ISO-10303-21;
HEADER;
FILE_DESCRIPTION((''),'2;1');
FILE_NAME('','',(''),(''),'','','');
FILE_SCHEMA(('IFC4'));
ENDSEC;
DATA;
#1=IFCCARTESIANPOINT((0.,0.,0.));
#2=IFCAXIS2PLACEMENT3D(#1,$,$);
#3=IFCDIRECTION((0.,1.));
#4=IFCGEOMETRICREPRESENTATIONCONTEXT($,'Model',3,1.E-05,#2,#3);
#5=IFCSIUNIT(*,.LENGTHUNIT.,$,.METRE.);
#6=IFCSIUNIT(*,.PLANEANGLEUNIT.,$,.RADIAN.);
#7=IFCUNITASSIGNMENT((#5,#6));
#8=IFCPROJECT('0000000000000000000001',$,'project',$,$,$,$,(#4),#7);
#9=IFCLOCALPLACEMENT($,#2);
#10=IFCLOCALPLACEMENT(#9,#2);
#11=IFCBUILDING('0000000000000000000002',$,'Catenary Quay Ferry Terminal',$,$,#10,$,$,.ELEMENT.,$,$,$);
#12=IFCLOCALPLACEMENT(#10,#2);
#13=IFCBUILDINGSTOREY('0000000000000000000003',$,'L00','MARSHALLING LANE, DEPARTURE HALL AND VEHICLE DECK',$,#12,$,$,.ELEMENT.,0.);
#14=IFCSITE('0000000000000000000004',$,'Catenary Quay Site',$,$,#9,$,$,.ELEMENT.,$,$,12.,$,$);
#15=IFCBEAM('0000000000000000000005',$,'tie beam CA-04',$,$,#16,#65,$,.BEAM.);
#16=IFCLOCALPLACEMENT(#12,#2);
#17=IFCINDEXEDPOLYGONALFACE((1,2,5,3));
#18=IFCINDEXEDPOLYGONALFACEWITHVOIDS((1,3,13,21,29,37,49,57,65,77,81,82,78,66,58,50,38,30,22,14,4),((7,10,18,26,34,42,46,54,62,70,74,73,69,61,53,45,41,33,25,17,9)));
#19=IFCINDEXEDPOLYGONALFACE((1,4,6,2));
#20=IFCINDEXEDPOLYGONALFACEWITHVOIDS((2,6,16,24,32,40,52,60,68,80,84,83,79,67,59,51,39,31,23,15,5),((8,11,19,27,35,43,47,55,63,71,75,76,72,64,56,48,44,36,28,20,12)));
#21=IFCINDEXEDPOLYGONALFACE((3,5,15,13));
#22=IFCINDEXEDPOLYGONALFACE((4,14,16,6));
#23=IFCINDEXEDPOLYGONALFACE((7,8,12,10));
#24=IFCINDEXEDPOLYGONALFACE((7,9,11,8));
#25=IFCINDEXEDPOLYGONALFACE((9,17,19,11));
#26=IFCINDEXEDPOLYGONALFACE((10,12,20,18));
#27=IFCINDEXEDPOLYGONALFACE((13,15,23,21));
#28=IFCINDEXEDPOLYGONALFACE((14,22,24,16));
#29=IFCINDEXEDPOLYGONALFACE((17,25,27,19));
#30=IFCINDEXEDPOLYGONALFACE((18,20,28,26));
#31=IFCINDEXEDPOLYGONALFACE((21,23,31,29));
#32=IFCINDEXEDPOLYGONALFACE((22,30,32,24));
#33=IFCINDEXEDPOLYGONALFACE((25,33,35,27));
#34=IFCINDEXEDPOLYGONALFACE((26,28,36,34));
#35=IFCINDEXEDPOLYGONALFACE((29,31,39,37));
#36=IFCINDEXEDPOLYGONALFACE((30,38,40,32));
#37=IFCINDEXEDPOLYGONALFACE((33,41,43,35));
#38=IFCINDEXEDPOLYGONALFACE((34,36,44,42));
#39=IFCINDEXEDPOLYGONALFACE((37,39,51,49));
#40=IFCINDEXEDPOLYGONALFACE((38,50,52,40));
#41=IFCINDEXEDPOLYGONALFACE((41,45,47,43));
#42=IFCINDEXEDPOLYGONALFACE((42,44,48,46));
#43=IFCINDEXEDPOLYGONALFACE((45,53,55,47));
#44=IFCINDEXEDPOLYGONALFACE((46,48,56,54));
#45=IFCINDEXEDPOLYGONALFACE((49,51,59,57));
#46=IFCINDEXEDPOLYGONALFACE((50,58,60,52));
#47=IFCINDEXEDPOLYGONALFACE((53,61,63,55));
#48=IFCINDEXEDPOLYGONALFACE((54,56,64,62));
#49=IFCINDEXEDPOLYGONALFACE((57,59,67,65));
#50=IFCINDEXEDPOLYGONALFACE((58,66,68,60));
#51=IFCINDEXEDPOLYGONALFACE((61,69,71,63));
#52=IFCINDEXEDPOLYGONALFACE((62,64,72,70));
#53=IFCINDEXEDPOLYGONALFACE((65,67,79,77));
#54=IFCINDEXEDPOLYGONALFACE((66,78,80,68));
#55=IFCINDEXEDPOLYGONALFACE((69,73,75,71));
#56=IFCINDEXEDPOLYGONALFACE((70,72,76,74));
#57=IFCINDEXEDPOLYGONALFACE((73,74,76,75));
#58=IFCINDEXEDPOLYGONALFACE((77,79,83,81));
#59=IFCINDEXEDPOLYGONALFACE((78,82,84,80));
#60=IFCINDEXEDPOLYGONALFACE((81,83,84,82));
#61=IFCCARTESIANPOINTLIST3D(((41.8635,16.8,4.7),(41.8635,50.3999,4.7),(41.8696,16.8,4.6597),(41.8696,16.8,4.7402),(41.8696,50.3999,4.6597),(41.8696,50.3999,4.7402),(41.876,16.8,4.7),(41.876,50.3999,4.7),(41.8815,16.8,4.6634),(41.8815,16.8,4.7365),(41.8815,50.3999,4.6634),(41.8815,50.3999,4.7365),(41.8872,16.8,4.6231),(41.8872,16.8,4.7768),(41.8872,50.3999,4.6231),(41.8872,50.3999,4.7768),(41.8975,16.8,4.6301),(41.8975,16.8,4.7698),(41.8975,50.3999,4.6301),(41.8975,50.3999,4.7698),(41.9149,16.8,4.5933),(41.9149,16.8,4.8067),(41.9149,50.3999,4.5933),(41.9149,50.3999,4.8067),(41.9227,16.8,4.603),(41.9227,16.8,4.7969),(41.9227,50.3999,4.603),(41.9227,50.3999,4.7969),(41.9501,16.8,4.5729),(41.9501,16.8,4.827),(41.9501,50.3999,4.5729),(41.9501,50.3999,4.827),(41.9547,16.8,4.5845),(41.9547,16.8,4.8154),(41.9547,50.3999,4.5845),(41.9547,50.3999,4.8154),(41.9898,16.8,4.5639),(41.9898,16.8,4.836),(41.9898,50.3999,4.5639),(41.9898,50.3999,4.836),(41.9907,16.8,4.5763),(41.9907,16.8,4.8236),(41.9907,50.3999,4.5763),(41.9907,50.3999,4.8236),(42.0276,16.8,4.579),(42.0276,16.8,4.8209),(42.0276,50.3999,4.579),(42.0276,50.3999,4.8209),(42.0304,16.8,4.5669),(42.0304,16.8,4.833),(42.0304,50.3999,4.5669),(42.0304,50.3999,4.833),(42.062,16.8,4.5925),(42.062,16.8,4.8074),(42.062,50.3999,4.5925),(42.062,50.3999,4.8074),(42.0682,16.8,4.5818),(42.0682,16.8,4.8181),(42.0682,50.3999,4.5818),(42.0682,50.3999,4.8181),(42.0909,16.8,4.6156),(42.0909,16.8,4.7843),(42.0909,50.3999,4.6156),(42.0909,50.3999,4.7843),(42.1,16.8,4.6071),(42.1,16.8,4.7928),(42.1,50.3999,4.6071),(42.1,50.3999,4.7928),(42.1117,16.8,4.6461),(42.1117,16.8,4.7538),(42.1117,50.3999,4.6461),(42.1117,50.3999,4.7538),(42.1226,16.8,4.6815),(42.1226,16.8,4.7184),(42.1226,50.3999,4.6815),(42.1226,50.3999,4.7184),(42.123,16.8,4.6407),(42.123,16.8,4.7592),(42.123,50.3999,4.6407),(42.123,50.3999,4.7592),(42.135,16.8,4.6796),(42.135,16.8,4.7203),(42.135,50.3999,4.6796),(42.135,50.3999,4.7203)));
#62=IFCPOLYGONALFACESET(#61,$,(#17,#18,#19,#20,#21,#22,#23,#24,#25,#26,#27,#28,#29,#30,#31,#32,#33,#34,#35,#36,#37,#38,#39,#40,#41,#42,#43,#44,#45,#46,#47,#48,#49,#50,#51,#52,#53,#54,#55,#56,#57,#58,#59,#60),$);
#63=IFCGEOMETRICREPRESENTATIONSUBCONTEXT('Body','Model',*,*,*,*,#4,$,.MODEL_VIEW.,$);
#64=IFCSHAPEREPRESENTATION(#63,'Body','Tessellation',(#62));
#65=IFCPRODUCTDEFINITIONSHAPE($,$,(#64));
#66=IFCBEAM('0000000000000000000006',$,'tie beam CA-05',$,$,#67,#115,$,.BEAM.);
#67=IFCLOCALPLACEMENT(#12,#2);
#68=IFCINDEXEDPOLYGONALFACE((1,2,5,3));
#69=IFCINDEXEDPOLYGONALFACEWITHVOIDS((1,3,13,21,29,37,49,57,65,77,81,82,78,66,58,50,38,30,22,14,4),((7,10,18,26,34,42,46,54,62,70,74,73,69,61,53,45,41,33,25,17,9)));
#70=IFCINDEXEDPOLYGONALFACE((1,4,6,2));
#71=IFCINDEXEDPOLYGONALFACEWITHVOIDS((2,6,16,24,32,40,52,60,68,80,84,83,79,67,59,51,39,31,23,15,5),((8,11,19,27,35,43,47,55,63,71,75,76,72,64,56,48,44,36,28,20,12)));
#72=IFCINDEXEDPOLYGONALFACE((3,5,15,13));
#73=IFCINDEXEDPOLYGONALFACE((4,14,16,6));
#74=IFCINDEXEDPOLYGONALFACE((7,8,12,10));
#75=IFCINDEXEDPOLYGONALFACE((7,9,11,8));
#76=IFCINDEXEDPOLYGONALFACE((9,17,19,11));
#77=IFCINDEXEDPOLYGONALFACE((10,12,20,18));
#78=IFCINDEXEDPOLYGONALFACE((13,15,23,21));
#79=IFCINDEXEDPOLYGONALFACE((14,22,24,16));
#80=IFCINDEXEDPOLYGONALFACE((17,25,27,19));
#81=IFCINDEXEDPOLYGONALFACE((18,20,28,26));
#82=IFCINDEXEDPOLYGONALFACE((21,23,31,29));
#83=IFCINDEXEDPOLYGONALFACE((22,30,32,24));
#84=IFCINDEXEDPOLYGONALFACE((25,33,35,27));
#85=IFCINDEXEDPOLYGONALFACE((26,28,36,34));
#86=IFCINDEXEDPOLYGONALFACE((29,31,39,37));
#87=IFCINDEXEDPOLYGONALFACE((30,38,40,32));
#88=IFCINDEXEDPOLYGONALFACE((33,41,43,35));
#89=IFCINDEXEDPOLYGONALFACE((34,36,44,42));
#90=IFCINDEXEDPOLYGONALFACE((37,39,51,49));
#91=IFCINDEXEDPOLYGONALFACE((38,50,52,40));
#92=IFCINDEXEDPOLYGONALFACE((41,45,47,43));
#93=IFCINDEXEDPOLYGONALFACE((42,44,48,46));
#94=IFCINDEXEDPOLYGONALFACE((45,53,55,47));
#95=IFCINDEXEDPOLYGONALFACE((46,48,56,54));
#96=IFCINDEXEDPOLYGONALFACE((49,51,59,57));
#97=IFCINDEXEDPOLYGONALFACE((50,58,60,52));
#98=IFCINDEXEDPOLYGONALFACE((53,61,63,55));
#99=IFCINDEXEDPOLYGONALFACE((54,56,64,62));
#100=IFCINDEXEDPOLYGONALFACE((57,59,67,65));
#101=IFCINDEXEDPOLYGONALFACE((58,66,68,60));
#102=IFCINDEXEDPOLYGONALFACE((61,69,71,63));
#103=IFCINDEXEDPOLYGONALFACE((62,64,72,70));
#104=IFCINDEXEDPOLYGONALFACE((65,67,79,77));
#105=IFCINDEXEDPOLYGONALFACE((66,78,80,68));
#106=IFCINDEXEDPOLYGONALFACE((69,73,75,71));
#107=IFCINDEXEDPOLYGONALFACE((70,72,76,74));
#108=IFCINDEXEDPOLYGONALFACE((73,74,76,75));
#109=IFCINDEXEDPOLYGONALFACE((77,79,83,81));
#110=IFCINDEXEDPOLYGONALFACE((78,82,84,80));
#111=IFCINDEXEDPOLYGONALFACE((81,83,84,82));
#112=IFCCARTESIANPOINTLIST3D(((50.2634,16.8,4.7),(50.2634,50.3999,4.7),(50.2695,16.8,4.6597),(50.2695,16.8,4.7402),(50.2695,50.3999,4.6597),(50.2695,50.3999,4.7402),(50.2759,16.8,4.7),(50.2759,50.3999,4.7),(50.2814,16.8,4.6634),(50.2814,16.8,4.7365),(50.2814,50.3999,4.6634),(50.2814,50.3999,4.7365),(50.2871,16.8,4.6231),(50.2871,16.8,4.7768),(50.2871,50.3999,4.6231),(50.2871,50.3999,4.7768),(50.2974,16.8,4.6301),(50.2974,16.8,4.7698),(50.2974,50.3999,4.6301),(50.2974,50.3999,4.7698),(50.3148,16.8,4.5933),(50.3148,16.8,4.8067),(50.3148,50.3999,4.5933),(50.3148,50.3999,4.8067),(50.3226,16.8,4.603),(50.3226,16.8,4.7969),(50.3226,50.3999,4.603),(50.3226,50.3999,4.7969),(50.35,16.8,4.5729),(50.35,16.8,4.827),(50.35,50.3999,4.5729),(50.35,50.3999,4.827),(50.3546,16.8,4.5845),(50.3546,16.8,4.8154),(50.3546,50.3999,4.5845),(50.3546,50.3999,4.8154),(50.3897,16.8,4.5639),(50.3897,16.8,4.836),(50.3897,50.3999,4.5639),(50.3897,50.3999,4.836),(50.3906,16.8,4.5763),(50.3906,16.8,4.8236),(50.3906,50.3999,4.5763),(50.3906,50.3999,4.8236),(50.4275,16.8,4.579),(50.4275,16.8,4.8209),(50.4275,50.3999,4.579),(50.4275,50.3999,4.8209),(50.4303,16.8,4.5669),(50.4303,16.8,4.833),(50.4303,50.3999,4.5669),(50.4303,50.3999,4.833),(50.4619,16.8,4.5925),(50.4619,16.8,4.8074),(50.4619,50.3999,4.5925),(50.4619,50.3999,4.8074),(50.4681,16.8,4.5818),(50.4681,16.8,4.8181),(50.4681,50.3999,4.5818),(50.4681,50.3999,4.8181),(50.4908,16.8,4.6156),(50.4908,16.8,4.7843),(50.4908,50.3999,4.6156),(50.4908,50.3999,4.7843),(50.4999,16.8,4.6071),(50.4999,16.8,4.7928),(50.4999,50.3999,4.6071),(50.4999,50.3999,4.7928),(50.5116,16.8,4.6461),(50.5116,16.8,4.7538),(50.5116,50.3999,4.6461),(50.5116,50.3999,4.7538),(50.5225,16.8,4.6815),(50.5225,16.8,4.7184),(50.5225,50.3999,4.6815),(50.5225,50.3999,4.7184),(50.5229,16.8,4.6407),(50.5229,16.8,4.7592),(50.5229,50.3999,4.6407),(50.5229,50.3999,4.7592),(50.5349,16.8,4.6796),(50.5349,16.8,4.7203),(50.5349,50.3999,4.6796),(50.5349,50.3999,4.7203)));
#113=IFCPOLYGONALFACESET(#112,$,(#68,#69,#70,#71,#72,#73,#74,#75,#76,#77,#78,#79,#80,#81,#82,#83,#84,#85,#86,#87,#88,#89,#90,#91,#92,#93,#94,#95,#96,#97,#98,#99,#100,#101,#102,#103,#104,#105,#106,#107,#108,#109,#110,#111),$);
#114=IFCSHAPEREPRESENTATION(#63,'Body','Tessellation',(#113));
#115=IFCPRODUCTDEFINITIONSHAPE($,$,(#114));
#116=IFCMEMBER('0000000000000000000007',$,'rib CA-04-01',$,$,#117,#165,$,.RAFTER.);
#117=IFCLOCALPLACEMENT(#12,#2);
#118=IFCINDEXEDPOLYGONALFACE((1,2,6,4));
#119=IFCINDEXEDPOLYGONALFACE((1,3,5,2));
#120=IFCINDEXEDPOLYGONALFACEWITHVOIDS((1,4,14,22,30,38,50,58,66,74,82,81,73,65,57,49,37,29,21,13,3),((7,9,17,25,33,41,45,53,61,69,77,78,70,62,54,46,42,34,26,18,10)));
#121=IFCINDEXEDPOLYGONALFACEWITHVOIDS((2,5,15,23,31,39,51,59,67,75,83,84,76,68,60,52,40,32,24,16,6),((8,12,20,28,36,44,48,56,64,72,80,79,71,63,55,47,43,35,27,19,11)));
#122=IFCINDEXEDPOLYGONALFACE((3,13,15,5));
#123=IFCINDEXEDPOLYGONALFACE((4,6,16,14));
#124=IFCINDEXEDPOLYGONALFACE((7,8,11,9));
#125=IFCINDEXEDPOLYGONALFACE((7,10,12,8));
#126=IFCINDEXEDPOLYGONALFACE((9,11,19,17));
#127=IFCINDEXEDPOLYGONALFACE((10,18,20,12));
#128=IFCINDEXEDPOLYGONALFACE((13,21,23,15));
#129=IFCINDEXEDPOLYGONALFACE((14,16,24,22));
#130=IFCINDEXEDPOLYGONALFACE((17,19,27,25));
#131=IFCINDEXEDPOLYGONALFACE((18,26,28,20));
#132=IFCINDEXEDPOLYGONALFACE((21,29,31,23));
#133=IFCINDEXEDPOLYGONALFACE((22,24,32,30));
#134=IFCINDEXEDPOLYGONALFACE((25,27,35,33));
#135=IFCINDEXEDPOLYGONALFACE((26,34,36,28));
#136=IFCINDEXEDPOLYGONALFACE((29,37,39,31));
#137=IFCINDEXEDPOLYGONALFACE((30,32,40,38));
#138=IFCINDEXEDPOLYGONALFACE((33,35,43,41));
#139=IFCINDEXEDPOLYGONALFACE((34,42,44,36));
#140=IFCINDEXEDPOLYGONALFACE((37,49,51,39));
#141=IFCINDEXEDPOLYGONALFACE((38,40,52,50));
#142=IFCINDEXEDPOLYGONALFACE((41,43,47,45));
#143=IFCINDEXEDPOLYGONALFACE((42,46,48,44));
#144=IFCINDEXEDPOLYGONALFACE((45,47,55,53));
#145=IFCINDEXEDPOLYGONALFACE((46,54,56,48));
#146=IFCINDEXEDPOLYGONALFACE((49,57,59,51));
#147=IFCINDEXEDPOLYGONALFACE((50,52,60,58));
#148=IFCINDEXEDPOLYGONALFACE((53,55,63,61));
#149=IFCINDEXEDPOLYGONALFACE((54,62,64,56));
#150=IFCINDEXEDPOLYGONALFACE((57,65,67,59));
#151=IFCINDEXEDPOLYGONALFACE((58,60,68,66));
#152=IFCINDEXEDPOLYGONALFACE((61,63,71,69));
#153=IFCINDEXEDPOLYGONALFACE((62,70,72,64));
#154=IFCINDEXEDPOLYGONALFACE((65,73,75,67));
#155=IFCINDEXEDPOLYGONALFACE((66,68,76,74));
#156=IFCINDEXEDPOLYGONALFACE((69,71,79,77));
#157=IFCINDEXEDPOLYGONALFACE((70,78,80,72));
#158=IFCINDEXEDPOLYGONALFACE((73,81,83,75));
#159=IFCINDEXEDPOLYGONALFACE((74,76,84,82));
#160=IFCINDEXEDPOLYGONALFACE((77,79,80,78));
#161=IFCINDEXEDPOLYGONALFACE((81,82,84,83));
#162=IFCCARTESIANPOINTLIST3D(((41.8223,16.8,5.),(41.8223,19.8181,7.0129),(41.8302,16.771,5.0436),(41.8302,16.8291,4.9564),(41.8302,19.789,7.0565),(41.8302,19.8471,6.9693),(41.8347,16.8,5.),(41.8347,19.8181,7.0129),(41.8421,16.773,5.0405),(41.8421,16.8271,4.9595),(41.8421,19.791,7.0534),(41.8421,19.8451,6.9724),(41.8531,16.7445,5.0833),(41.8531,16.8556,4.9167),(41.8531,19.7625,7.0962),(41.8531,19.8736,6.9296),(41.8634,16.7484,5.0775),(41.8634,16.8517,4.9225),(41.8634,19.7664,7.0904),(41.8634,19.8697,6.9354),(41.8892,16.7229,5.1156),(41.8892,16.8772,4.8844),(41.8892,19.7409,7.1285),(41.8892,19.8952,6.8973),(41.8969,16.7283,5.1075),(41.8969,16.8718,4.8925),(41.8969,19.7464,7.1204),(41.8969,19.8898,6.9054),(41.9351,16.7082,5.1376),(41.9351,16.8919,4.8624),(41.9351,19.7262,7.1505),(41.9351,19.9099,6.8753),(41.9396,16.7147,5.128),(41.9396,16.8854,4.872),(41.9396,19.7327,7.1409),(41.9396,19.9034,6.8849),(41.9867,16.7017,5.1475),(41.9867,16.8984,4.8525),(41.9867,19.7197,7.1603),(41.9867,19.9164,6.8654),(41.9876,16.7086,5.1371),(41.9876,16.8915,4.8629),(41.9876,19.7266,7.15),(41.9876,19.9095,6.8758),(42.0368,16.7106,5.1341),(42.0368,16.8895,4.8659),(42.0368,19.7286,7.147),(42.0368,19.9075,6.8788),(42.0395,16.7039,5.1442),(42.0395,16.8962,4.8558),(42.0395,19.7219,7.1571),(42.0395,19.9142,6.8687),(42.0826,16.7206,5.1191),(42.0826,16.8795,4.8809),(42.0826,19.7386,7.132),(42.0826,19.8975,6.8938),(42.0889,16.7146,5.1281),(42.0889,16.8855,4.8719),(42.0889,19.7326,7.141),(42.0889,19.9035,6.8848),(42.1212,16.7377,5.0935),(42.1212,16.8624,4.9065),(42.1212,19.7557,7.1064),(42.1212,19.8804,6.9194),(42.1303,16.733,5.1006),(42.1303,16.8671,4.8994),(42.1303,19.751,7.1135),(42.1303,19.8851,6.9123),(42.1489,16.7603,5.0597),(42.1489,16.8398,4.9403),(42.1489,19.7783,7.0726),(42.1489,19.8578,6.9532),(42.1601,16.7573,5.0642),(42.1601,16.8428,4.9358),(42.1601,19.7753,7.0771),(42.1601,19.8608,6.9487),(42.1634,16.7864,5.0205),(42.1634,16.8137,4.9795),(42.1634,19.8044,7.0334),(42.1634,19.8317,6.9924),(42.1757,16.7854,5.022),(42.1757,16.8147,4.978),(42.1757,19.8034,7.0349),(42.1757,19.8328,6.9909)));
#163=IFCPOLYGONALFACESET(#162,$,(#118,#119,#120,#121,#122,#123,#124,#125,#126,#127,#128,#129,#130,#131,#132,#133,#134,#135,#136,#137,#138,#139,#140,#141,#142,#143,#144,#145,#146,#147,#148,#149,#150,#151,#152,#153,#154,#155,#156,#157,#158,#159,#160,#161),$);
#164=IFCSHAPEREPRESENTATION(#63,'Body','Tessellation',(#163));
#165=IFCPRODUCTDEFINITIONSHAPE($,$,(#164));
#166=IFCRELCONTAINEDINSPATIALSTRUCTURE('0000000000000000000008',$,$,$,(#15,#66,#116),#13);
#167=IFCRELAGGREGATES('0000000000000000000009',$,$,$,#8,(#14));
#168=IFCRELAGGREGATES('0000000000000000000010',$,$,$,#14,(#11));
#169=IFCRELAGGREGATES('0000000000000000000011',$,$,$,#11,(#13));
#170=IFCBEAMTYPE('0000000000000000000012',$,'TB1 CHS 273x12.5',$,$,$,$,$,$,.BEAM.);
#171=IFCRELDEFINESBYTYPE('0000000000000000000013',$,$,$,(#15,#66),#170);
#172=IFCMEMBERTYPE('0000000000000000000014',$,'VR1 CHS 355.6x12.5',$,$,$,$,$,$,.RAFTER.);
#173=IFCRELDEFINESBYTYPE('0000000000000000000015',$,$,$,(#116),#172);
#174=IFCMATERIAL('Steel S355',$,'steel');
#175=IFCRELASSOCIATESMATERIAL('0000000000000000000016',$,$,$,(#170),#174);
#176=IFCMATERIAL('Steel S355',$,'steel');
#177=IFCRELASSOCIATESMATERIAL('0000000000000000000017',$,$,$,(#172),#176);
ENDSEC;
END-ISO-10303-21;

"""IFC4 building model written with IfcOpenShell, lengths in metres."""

from ifc_helpers import new_model, si_unit, direction, frame, origin, origin_2d, place, context, subcontext, project, spatial, hollow_circle, extrude, material, material_profile, profile_set, type_object, element, save


model = new_model("IFC4")

# Units and contexts
model_context = context("Model", 3, precision=1e-05, world=origin(), true_north=direction((0.0, 1.0)))
body_context = subcontext(model_context, "Body", "Model", "MODEL_VIEW")
ifc_project = project(units=[si_unit("LENGTHUNIT", "METRE"), si_unit("PLANEANGLEUNIT", "RADIAN")], contexts=[model_context])

# Site, building, storey
site_placement = place(None, origin())
site = spatial("IfcSite", under=ifc_project, at=site_placement, Name="Catenary Quay Site", CompositionType="ELEMENT", RefElevation=12.0)
building_placement = place(site_placement, origin())
building = spatial("IfcBuilding", under=site, at=building_placement, Name="Catenary Quay Ferry Terminal", CompositionType="ELEMENT")
storey_placement = place(building_placement, origin())
storey = spatial("IfcBuildingStorey", under=building, at=storey_placement, Name="L00", Description="MARSHALLING LANE, DEPARTURE HALL AND VEHICLE DECK", CompositionType="ELEMENT", Elevation=0.0)

# Beams
ifc_material_1 = material(Name="Steel S355", Category="steel")
ifc_material_profile_1 = material_profile(ifc_material_1, hollow_circle(Radius=0.1365, WallThickness=0.0125, at=origin_2d()), Name="CHS 273x12.5")
ifc_profile_set_1 = profile_set([ifc_material_profile_1], Name="Steel S355")
beam_type_1 = type_object("IfcBeamType", Name="TB1 CHS 273x12.5", PredefinedType="BEAM", material=ifc_profile_set_1)
for number, where, z_axis, x_axis, name in (
    (1, (42.0, 16.8, 4.7), (0.0, 1.0, 0.0), (-1.0, 0.0, 0.0), "tie beam CA-04"),
    (2, (50.3999, 16.8, 4.7), (0.0, 1.0, 0.0), (-1.0, 0.0, 0.0), "tie beam CA-05"),
):
    element("IfcBeam", number, at=place(storey_placement, frame(where, z_axis=z_axis, x_axis=x_axis)), inside=storey, type_object=beam_type_1, Name=name, PredefinedType="BEAM", context=body_context, shape_type="SweptSolid", body=[
        extrude(hollow_circle(Radius=0.1365, WallThickness=0.0125, at=origin_2d()), origin(), (0.0, 0.0, 1.0), 33.5999),
    ])

# Member
ifc_material_2 = material(Name="Steel S355", Category="steel")
ifc_material_profile_2 = material_profile(ifc_material_2, hollow_circle(Radius=0.1777, WallThickness=0.0125, at=origin_2d()), Name="CHS 355.6x12.5")
ifc_profile_set_2 = profile_set([ifc_material_profile_2], Name="Steel S355")
member_type_1 = type_object("IfcMemberType", Name="VR1 CHS 355.6x12.5", PredefinedType="RAFTER", material=ifc_profile_set_2)
for number, where, z_axis, x_axis, name in (
    (3, (42.0, 16.8, 5.0), (0.0, 0.831936, 0.554871), (-1.0, 0.0, 0.0), "rib CA-04-01"),
):
    element("IfcMember", number, at=place(storey_placement, frame(where, z_axis=z_axis, x_axis=x_axis)), inside=storey, type_object=member_type_1, Name=name, PredefinedType="RAFTER", context=body_context, shape_type="SweptSolid", body=[
        extrude(hollow_circle(Radius=0.1777, WallThickness=0.0125, at=origin_2d()), origin(), (0.0, 0.0, 1.0), 3.6277),
    ])

save(model, "model.ifc")
